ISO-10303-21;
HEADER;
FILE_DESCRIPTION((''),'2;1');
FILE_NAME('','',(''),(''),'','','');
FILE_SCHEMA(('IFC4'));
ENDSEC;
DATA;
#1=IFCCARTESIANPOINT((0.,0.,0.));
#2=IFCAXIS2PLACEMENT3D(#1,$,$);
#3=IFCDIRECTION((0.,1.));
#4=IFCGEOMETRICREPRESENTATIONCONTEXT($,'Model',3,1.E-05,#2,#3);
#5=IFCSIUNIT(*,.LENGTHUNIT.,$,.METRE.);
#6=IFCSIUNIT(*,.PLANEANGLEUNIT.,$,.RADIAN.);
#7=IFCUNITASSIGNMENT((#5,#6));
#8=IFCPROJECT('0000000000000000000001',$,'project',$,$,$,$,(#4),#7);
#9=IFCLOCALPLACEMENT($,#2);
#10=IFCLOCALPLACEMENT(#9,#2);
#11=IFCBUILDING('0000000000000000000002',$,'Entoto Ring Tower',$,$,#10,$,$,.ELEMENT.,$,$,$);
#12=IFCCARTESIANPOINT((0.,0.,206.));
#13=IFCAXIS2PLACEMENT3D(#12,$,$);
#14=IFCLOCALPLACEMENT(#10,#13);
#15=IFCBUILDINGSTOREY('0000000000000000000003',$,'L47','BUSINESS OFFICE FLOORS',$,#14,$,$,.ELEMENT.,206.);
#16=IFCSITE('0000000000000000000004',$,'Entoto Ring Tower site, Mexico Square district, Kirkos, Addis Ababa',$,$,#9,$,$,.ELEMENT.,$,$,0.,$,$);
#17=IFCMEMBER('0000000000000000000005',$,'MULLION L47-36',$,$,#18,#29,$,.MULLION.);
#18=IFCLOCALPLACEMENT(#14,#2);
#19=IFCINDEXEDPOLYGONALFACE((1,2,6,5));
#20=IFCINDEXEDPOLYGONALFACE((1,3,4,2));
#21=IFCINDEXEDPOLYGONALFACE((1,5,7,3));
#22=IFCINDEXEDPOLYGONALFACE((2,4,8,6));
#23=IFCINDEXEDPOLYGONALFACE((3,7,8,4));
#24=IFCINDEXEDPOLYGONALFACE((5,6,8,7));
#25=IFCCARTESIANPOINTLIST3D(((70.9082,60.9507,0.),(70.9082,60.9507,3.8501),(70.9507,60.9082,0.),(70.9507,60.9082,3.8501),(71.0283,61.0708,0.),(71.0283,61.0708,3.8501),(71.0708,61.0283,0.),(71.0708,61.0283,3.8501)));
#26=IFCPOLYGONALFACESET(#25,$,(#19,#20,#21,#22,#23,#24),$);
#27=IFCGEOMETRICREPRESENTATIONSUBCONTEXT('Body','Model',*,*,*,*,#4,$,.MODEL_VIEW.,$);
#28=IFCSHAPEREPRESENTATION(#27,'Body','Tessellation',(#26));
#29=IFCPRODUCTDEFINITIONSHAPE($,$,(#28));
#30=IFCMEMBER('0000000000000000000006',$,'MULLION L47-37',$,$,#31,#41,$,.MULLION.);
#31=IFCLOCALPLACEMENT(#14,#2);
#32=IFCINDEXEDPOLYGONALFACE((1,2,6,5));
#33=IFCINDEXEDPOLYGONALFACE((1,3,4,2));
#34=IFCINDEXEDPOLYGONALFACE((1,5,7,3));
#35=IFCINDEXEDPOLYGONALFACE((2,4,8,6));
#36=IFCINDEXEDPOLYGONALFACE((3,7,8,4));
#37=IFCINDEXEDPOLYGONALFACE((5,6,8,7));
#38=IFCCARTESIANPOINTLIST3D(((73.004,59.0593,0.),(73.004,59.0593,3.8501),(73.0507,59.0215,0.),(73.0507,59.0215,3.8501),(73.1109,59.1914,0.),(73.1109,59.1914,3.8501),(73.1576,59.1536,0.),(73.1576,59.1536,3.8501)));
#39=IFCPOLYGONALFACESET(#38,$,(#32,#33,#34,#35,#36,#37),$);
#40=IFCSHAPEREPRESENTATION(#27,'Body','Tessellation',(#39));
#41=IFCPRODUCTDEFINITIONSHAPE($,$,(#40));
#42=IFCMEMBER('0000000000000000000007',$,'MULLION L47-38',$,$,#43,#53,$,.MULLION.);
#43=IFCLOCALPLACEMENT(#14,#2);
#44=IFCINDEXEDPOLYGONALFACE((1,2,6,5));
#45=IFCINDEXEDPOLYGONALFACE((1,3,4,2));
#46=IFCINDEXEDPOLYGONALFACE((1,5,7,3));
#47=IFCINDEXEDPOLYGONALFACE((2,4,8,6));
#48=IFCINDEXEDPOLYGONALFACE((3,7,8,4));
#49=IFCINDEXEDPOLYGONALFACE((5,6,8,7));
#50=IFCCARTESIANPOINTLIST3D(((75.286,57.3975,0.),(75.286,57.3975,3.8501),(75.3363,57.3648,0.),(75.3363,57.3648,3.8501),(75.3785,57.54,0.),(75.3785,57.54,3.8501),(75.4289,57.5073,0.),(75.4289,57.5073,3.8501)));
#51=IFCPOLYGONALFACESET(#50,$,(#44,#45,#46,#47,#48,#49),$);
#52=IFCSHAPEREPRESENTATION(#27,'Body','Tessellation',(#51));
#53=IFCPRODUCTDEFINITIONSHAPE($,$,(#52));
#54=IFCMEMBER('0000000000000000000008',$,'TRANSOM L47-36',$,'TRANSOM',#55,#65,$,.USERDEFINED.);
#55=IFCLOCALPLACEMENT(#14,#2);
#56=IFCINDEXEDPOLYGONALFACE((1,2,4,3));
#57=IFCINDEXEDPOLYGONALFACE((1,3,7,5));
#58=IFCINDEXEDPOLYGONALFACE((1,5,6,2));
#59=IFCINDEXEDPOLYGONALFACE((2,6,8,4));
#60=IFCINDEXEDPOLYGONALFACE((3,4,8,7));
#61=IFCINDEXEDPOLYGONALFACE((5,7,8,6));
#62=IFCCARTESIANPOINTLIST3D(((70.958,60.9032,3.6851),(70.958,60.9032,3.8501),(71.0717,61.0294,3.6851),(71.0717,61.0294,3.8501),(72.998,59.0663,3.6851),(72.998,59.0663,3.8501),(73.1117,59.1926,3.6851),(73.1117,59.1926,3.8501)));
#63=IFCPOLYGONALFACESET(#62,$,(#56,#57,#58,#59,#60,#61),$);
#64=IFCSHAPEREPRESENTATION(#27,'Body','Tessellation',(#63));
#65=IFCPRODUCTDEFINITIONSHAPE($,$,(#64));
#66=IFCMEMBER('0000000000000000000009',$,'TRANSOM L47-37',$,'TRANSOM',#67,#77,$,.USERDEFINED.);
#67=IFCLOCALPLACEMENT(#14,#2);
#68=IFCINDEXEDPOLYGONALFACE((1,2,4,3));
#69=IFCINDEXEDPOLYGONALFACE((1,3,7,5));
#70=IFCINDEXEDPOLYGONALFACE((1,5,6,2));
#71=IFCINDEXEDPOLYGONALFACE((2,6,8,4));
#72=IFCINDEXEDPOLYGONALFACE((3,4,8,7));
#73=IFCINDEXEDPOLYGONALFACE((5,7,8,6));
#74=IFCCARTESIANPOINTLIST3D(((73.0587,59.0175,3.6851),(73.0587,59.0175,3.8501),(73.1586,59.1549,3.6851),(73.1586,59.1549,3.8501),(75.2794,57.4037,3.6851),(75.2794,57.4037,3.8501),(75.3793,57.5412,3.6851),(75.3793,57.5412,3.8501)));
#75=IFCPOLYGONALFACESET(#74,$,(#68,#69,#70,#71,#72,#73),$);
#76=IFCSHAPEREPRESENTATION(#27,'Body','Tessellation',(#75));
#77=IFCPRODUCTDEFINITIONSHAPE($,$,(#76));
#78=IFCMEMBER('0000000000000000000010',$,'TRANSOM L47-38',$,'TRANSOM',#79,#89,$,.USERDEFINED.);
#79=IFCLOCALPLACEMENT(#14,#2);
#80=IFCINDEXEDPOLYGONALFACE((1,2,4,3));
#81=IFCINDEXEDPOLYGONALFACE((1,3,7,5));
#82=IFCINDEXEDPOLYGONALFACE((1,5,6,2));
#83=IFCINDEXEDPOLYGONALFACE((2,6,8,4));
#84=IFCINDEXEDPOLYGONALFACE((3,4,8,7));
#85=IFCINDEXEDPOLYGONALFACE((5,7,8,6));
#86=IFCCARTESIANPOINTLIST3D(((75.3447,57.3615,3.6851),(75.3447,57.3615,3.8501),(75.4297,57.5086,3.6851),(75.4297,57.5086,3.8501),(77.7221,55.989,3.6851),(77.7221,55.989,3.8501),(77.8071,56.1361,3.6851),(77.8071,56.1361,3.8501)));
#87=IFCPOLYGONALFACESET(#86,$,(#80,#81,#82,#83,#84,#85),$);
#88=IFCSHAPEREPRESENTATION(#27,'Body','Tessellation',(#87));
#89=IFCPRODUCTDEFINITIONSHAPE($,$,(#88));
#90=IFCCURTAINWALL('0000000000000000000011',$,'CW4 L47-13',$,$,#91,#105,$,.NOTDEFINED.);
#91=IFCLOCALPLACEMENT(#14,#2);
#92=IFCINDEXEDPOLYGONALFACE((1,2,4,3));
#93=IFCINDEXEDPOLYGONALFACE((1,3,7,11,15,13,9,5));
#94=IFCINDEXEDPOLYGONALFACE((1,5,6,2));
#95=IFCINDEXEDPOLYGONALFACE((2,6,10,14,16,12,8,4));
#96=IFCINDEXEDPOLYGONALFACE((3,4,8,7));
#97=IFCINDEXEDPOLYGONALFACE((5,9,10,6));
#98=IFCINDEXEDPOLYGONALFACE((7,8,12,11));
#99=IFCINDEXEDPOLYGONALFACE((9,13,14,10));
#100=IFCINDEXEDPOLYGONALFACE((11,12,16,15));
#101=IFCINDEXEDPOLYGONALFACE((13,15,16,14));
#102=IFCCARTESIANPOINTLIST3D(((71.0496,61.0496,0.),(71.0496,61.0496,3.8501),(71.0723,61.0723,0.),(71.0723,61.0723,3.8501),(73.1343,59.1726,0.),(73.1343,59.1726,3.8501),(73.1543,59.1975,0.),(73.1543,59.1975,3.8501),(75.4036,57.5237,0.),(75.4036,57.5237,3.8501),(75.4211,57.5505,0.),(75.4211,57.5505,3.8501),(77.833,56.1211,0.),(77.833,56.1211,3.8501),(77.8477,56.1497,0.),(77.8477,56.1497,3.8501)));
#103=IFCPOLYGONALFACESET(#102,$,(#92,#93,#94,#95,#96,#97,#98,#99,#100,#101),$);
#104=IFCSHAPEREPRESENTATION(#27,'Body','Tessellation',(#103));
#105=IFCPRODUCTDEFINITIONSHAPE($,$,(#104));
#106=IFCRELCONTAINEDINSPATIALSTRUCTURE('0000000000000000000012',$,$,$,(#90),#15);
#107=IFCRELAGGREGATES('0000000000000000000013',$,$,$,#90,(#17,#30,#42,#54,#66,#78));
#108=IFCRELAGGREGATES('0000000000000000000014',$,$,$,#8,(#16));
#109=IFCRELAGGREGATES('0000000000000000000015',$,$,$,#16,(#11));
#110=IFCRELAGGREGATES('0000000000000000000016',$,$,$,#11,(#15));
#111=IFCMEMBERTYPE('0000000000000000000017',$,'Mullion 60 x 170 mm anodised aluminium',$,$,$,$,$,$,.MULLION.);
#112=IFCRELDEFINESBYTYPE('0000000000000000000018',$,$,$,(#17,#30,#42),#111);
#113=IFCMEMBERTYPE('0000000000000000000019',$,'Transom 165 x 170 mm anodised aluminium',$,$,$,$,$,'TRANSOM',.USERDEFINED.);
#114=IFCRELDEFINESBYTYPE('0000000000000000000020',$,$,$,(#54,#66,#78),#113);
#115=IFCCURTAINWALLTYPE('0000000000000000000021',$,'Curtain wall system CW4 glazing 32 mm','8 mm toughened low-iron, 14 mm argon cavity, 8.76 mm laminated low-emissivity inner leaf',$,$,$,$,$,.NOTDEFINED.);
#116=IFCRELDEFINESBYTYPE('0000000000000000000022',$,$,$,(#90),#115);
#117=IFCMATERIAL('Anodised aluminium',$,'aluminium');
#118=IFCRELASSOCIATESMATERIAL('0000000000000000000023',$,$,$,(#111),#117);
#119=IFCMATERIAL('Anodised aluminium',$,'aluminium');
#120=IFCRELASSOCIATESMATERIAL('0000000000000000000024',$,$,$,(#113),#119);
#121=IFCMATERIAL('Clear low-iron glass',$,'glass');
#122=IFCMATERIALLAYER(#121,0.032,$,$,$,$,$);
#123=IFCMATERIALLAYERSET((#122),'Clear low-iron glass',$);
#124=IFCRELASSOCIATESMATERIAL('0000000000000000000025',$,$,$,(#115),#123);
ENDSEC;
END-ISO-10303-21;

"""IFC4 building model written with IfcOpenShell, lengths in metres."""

from ifc_helpers import new_model, si_unit, direction, frame, origin, origin_2d, place, context, subcontext, project, spatial, polyline, rectangle, outline, extrude, material, layer, layer_set, material_profile, profile_set, type_object, element, aggregate, save


model = new_model("IFC4")

# Units and contexts
model_context = context("Model", 3, precision=1e-05, world=origin(), true_north=direction((0.0, 1.0)))
body_context = subcontext(model_context, "Body", "Model", "MODEL_VIEW")
ifc_project = project(units=[si_unit("LENGTHUNIT", "METRE"), si_unit("PLANEANGLEUNIT", "RADIAN")], contexts=[model_context])

# Members
ifc_material_1 = material(Name="Anodised aluminium", Category="aluminium")
ifc_material_profile_1 = material_profile(ifc_material_1, rectangle(XDim=0.0601, YDim=0.1699, at=origin_2d()), Name="Mullion 60 x 170 mm anodised aluminium")
ifc_profile_set_1 = profile_set([ifc_material_profile_1], Name="Anodised aluminium")
member_type_1 = type_object("IfcMemberType", Name="Mullion 60 x 170 mm anodised aluminium", PredefinedType="MULLION", material=ifc_profile_set_1)
site_placement = place(None, origin())
building_placement = place(site_placement, origin())
storey_placement = place(building_placement, frame((0.0, 0.0, 206.0)))
member_1_placement = place(storey_placement, frame((70.9895, 60.9895, 0.0), z_axis=(0.0, 0.0, 1.0), x_axis=(0.707107, -0.707107, 0.0)))
member_1 = element("IfcMember", 1, at=member_1_placement, type_object=member_type_1, Name="MULLION L47-36", PredefinedType="MULLION", context=body_context, shape_type="SweptSolid", body=[
    extrude(rectangle(XDim=0.0601, YDim=0.1699, at=origin_2d()), origin(), (0.0, 0.0, 1.0), 3.8501),
])
member_2_placement = place(storey_placement, frame((73.0808, 59.1064, 0.0), z_axis=(0.0, 0.0, 1.0), x_axis=(0.777146, -0.62932, 0.0)))
member_2 = element("IfcMember", 2, at=member_2_placement, type_object=member_type_1, Name="MULLION L47-37", PredefinedType="MULLION", context=body_context, shape_type="SweptSolid", body=[
    extrude(rectangle(XDim=0.0601, YDim=0.1699, at=origin_2d()), origin(), (0.0, 0.0, 1.0), 3.8501),
])
member_3_placement = place(storey_placement, frame((75.3574, 57.4524, 0.0), z_axis=(0.0, 0.0, 1.0), x_axis=(0.838671, -0.544639, 0.0)))
member_3 = element("IfcMember", 3, at=member_3_placement, type_object=member_type_1, Name="MULLION L47-38", PredefinedType="MULLION", context=body_context, shape_type="SweptSolid", body=[
    extrude(rectangle(XDim=0.0601, YDim=0.1699, at=origin_2d()), origin(), (0.0, 0.0, 1.0), 3.8501),
])
ifc_material_2 = material(Name="Anodised aluminium", Category="aluminium")
ifc_material_profile_2 = material_profile(ifc_material_2, rectangle(XDim=0.1699, YDim=0.165, at=origin_2d()), Name="Transom 165 x 170 mm anodised aluminium")
ifc_profile_set_2 = profile_set([ifc_material_profile_2], Name="Anodised aluminium")
member_type_2 = type_object("IfcMemberType", Name="Transom 165 x 170 mm anodised aluminium", ElementType="TRANSOM", PredefinedType="USERDEFINED", material=ifc_profile_set_2)
member_4_placement = place(storey_placement, frame((71.0149, 60.9663, 3.7676), z_axis=(0.743135, -0.669142, 0.0), x_axis=(0.669142, 0.743135, 0.0)))
member_4 = element("IfcMember", 4, at=member_4_placement, type_object=member_type_2, Name="TRANSOM L47-36", ObjectType="TRANSOM", PredefinedType="USERDEFINED", context=body_context, shape_type="SweptSolid", body=[
    extrude(rectangle(XDim=0.1699, YDim=0.165, at=origin_2d()), origin(), (0.0, 0.0, 1.0), 2.7451),
])
member_5_placement = place(storey_placement, frame((73.1086, 59.0862, 3.7676), z_axis=(0.808959, -0.587865, 0.0), x_axis=(0.587865, 0.808959, 0.0)))
member_5 = element("IfcMember", 5, at=member_5_placement, type_object=member_type_2, Name="TRANSOM L47-37", ObjectType="TRANSOM", PredefinedType="USERDEFINED", context=body_context, shape_type="SweptSolid", body=[
    extrude(rectangle(XDim=0.1699, YDim=0.165, at=origin_2d()), origin(), (0.0, 0.0, 1.0), 2.7451),
])
member_6_placement = place(storey_placement, frame((75.3872, 57.4351, 3.7676), z_axis=(0.866035, -0.499984, 0.0), x_axis=(0.499984, 0.866035, 0.0)))
member_6 = element("IfcMember", 6, at=member_6_placement, type_object=member_type_2, Name="TRANSOM L47-38", ObjectType="TRANSOM", PredefinedType="USERDEFINED", context=body_context, shape_type="SweptSolid", body=[
    extrude(rectangle(XDim=0.1699, YDim=0.165, at=origin_2d()), origin(), (0.0, 0.0, 1.0), 2.7451),
])

# Site, building, storey
site = spatial("IfcSite", under=ifc_project, at=site_placement, Name="Entoto Ring Tower site, Mexico Square district, Kirkos, Addis Ababa", CompositionType="ELEMENT", RefElevation=0.0)
building = spatial("IfcBuilding", under=site, at=building_placement, Name="Entoto Ring Tower", CompositionType="ELEMENT")
storey = spatial("IfcBuildingStorey", under=building, at=storey_placement, Name="L47", Description="BUSINESS OFFICE FLOORS", CompositionType="ELEMENT", Elevation=206.0)

# Curtain wall
ifc_material_3 = material(Name="Clear low-iron glass", Category="glass")
ifc_layer = layer(ifc_material_3, 0.032)
ifc_layer_set = layer_set([ifc_layer], Name="Clear low-iron glass")
curtain_wall_type = type_object("IfcCurtainWallType", Name="Curtain wall system CW4 glazing 32 mm", Description="8 mm toughened low-iron, 14 mm argon cavity, 8.76 mm laminated low-emissivity inner leaf", PredefinedType="NOTDEFINED", material=ifc_layer_set)
curtain_wall_1_placement = place(storey_placement, origin())
curtain_wall_1 = element("IfcCurtainWall", 7, at=curtain_wall_1_placement, inside=storey, type_object=curtain_wall_type, Name="CW4 L47-13", PredefinedType="NOTDEFINED", context=body_context, shape_type="SweptSolid", body=[
    extrude(outline(polyline([(71.0496, 61.0496), (73.1343, 59.1726), (75.4036, 57.5237), (77.833, 56.1211), (77.8477, 56.1497), (75.4211, 57.5505), (73.1543, 59.1975), (71.0723, 61.0723), (71.0496, 61.0496)])), origin(), (0.0, 0.0, 1.0), 3.8501),
])
aggregate(curtain_wall_1, [member_1, member_2, member_3, member_4, member_5, member_6])

save(model, "model.ifc")
